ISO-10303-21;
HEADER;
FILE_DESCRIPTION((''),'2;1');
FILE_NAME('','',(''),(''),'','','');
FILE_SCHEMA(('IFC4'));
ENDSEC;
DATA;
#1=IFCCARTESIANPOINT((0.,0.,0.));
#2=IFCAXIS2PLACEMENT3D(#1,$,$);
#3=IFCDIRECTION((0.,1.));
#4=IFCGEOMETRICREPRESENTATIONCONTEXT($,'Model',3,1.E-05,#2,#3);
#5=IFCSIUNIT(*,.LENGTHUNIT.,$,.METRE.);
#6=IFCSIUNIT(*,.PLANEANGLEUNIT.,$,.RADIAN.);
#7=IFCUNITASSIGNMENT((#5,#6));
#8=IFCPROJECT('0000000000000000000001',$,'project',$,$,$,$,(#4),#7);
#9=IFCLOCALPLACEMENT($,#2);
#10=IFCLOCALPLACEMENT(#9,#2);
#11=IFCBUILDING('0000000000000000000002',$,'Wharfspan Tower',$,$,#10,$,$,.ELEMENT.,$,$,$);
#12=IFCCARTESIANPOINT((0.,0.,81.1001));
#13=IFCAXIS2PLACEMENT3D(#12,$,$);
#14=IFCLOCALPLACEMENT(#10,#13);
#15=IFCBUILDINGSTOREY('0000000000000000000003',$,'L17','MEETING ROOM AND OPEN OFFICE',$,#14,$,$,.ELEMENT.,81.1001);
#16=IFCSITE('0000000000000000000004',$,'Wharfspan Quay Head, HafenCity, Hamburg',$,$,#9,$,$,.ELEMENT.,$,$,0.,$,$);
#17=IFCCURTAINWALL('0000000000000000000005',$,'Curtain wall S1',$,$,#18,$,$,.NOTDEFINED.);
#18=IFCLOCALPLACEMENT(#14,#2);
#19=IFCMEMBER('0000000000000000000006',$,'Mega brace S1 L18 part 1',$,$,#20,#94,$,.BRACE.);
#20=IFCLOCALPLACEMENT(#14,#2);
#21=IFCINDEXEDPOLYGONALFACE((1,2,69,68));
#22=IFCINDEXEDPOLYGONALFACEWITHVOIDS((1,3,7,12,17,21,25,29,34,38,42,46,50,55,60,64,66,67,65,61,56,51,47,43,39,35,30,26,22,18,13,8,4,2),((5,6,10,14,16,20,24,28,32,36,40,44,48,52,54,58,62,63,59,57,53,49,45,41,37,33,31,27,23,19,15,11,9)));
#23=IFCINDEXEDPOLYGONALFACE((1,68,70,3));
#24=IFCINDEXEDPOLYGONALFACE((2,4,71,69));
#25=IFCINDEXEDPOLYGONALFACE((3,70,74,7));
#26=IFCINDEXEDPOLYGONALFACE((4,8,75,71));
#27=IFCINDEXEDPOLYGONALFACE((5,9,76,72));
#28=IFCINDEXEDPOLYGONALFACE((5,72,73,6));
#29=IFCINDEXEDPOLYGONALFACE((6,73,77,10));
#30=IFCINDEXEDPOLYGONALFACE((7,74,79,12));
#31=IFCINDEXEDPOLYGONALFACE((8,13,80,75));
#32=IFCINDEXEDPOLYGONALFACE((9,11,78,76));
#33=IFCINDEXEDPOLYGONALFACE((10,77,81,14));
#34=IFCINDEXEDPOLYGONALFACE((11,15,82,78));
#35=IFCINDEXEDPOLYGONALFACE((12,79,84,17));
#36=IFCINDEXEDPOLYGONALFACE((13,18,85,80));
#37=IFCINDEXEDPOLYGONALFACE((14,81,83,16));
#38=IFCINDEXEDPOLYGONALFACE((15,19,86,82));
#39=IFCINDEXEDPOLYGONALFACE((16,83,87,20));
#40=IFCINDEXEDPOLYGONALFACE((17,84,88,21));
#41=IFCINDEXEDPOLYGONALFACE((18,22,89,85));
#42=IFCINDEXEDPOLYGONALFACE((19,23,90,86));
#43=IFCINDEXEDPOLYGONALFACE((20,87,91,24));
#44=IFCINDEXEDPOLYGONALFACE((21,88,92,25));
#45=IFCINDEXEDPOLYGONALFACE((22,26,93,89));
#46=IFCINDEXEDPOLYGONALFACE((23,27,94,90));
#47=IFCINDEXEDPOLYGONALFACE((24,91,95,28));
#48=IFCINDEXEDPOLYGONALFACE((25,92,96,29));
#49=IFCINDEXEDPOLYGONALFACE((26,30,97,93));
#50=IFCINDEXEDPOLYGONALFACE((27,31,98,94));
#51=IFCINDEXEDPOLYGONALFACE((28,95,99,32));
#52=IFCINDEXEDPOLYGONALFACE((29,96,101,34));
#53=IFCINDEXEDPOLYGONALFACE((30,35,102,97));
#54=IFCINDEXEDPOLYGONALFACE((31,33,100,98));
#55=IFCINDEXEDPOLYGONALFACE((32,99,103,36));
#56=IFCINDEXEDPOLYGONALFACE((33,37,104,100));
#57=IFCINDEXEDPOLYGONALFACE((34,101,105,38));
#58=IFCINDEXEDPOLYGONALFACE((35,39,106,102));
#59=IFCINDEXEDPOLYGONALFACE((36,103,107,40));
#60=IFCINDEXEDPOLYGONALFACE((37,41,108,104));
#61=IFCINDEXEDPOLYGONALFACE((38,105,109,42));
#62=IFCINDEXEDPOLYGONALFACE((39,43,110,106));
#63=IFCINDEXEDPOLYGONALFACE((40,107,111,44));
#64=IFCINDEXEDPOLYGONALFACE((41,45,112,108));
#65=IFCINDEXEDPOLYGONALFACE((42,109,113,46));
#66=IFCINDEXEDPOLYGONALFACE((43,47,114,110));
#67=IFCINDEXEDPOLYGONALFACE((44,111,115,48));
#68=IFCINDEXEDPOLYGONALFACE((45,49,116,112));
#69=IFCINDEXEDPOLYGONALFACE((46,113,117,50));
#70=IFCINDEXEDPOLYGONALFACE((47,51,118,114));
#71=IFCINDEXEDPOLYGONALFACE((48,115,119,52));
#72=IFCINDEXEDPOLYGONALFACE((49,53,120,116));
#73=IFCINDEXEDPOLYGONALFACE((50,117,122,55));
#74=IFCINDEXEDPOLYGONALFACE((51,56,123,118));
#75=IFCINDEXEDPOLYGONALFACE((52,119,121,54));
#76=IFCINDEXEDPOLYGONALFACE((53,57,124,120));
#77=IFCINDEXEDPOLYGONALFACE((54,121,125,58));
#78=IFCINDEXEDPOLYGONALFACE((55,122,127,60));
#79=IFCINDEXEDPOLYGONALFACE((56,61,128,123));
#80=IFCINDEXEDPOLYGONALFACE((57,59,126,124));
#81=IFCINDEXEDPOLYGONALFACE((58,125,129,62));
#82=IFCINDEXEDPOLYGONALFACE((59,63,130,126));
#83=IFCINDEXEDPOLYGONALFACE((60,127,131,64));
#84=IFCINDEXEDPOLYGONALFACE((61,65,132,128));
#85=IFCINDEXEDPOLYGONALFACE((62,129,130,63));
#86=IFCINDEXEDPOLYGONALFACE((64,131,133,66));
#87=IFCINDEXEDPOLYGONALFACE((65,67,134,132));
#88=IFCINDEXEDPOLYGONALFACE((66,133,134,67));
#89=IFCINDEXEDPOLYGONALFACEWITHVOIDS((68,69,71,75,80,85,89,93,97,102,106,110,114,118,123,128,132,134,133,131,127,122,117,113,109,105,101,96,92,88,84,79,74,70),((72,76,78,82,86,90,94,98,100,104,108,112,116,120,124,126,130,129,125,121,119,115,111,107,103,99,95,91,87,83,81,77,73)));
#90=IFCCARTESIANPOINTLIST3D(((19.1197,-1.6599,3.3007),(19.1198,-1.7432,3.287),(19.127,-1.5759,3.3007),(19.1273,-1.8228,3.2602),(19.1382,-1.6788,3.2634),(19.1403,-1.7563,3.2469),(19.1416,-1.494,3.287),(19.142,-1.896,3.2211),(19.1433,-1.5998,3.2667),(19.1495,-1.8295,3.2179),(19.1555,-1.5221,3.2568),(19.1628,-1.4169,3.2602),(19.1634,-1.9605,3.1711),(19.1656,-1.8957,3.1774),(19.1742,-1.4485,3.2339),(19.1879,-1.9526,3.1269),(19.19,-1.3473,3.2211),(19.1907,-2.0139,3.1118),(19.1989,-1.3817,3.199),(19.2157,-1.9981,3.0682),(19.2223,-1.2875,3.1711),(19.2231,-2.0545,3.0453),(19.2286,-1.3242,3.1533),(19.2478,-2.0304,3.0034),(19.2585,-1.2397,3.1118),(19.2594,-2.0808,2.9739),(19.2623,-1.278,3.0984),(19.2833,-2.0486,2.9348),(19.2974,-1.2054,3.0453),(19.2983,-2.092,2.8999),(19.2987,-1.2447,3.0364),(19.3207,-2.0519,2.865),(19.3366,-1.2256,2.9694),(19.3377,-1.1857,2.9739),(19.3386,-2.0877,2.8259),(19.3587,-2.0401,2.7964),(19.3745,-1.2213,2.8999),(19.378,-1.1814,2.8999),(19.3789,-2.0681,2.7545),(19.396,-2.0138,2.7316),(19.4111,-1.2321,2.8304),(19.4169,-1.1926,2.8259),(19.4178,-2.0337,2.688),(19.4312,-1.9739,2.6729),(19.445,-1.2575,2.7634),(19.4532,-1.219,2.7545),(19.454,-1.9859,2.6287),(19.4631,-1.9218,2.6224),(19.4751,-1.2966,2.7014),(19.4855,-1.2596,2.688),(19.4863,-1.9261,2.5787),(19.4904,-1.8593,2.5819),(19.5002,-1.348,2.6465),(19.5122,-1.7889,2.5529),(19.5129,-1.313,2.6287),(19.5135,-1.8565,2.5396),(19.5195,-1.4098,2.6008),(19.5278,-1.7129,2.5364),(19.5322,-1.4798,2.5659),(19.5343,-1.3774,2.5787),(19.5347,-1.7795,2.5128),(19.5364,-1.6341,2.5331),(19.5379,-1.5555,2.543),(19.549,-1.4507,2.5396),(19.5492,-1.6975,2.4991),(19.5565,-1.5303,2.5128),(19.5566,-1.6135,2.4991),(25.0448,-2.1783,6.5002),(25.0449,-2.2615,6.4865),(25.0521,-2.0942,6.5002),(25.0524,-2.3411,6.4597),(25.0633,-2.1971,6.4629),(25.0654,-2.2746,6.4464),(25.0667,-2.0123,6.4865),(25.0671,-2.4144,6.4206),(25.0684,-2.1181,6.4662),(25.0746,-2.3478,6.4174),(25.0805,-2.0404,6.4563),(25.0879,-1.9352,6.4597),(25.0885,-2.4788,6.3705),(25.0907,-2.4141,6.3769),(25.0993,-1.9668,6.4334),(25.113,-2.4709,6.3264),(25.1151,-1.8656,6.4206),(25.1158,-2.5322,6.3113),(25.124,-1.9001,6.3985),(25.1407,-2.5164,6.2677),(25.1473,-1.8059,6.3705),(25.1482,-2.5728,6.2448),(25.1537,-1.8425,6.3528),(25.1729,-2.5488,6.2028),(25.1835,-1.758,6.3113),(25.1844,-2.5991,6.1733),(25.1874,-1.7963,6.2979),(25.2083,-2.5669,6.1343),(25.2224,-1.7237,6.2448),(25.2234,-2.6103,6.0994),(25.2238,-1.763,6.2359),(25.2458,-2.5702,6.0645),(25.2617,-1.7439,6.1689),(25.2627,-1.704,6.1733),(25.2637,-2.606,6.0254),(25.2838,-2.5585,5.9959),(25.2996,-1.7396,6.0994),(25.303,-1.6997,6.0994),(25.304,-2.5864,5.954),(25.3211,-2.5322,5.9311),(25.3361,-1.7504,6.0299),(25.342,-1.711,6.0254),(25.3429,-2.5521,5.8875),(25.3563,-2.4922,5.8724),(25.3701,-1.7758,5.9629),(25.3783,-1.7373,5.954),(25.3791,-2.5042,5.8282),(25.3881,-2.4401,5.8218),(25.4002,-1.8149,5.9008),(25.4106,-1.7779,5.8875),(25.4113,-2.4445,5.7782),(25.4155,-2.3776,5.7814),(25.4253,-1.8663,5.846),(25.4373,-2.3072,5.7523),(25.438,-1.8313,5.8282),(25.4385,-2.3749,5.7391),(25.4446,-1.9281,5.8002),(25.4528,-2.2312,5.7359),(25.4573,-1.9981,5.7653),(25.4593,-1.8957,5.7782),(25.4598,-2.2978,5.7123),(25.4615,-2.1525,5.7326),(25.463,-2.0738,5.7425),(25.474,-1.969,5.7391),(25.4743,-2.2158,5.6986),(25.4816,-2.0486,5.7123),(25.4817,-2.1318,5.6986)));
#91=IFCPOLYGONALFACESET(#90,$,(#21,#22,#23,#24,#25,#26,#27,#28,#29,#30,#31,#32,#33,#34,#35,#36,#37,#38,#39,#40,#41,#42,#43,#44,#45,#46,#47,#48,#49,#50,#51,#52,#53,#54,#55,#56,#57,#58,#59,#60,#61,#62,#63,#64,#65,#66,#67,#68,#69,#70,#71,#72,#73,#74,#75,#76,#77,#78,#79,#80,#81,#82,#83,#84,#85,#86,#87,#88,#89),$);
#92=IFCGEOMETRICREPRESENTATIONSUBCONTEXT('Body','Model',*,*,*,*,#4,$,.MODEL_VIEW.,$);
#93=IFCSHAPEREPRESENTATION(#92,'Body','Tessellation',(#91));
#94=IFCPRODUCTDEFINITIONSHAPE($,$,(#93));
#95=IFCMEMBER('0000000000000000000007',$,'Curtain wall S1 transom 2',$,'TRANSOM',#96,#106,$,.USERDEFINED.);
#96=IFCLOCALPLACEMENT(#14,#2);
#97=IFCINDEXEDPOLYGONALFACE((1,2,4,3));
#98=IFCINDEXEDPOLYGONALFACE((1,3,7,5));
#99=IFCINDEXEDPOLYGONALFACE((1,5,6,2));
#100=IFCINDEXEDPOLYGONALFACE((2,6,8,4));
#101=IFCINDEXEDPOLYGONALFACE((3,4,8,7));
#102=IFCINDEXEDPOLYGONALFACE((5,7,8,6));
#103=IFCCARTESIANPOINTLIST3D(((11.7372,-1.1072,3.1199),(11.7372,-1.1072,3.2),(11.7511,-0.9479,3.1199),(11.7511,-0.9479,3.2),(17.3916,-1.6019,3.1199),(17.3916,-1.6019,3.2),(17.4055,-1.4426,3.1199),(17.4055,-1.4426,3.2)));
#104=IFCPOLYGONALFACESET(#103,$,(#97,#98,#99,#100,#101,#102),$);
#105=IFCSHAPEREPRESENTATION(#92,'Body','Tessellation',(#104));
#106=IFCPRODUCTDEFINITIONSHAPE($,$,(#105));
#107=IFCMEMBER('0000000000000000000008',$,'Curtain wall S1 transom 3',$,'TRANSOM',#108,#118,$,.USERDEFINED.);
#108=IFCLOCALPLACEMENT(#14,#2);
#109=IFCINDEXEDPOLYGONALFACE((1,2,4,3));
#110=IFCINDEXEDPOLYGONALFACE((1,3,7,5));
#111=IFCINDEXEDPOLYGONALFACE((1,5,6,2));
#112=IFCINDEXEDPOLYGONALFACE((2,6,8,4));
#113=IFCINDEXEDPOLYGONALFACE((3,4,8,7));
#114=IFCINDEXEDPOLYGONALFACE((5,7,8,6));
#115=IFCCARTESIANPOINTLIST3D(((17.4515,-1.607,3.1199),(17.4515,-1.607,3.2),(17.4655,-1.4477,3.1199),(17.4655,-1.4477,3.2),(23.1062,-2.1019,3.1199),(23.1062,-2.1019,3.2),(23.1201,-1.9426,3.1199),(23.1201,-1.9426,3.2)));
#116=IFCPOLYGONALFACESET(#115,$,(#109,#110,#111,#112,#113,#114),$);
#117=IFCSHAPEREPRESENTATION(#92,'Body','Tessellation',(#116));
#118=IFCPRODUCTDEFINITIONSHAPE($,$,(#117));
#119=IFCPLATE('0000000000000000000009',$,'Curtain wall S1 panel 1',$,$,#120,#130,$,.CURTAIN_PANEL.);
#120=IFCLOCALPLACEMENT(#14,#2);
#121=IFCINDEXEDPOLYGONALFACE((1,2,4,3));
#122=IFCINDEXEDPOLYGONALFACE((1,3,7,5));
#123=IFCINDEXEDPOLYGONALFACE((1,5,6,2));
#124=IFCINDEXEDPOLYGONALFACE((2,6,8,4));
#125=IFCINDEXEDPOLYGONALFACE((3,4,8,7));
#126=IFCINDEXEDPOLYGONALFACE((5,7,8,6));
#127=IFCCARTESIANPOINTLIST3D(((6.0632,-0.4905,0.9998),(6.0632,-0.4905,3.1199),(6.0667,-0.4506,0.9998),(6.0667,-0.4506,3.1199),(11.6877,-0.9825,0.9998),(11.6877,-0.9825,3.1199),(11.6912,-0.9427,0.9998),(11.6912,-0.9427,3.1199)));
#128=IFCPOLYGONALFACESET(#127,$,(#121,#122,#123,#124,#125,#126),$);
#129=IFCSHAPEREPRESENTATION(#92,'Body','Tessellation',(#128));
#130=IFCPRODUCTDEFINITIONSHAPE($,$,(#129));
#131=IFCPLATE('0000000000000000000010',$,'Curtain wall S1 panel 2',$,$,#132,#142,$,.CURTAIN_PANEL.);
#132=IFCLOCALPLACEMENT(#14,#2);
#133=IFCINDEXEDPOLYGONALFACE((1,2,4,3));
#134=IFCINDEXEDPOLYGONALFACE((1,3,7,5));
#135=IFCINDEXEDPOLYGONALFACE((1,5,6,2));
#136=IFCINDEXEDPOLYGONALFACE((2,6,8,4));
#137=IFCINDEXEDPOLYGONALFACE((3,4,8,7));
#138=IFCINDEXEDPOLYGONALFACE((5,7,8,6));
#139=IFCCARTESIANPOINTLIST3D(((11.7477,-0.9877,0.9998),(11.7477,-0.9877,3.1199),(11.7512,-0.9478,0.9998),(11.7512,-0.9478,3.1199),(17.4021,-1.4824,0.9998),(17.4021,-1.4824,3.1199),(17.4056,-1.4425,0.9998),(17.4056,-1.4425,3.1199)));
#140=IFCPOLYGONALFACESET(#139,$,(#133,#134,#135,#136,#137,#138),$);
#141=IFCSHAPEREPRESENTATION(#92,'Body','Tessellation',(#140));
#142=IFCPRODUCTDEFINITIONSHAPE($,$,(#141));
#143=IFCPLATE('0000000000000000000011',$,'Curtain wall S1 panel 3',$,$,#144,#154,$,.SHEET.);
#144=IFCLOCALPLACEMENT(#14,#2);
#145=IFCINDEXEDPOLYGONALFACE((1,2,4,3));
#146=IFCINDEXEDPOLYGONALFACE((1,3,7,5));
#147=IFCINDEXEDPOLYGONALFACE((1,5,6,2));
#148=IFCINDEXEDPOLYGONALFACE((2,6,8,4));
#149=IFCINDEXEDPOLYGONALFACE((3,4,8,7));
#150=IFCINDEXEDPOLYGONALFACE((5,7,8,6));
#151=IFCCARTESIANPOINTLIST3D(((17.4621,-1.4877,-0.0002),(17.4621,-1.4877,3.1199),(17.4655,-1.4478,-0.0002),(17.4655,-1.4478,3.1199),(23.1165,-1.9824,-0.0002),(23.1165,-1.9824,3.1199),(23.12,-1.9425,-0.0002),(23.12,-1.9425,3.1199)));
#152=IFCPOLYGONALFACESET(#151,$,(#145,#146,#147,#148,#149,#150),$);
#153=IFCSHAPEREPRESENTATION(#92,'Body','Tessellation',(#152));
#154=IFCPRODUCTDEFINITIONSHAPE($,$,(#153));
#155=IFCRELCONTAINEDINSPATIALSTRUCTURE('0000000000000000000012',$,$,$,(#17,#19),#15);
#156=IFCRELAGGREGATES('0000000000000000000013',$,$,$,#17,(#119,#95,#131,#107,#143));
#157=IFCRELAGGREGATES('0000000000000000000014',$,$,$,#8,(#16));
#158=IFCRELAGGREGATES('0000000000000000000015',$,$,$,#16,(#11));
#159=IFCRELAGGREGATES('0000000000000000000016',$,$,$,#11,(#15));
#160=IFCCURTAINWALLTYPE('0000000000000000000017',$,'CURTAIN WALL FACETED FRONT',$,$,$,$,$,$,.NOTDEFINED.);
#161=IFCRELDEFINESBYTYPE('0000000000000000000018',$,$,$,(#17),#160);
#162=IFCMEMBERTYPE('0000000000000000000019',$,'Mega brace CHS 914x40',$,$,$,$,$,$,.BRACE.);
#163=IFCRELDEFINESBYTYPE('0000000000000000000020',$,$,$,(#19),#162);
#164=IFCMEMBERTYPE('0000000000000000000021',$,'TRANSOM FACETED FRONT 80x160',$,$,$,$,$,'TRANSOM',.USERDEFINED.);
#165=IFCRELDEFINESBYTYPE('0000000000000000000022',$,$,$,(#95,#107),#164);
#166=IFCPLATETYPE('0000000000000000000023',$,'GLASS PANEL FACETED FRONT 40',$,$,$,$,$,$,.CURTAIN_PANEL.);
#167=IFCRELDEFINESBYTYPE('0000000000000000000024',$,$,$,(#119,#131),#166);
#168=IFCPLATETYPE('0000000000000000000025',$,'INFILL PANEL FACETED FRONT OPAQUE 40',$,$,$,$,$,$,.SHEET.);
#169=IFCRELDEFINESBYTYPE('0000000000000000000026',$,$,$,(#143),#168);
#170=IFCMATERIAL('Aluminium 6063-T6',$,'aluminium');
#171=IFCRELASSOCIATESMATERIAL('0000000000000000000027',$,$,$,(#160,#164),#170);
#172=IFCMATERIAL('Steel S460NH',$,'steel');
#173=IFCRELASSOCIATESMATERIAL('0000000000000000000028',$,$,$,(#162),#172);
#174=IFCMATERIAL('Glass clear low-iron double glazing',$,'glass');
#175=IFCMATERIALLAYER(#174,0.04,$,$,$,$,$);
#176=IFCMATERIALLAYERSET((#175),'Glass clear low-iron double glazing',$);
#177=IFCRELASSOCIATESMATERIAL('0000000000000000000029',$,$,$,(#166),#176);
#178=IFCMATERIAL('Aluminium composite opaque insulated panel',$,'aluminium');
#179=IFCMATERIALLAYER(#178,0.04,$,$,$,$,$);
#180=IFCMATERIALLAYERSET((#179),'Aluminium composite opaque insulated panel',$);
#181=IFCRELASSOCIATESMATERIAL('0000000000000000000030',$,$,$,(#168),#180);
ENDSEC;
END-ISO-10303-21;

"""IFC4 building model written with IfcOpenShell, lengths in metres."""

from ifc_helpers import new_model, si_unit, direction, frame, origin, origin_2d, place, context, subcontext, project, spatial, rectangle, hollow_circle, extrude, material, layer, layer_set, material_profile, profile_set, type_object, element, aggregate, save


model = new_model("IFC4")

# Units and contexts
model_context = context("Model", 3, precision=1e-05, world=origin(), true_north=direction((0.0, 1.0)))
body_context = subcontext(model_context, "Body", "Model", "MODEL_VIEW")
ifc_project = project(units=[si_unit("LENGTHUNIT", "METRE"), si_unit("PLANEANGLEUNIT", "RADIAN")], contexts=[model_context])

# Site, building, storey
site_placement = place(None, origin())
site = spatial("IfcSite", under=ifc_project, at=site_placement, Name="Wharfspan Quay Head, HafenCity, Hamburg", CompositionType="ELEMENT", RefElevation=0.0)
building_placement = place(site_placement, origin())
building = spatial("IfcBuilding", under=site, at=building_placement, Name="Wharfspan Tower", CompositionType="ELEMENT")
storey_placement = place(building_placement, frame((0.0, 0.0, 81.1001)))
storey = spatial("IfcBuildingStorey", under=building, at=storey_placement, Name="L17", Description="MEETING ROOM AND OPEN OFFICE", CompositionType="ELEMENT", Elevation=81.1001)

# Curtain wall
ifc_material_1 = material(Name="Aluminium 6063-T6", Category="aluminium")
curtain_wall_type = type_object("IfcCurtainWallType", Name="CURTAIN WALL FACETED FRONT", PredefinedType="NOTDEFINED", material=ifc_material_1)
curtain_wall_placement = place(storey_placement, origin())
curtain_wall = element("IfcCurtainWall", 1, at=curtain_wall_placement, inside=storey, type_object=curtain_wall_type, Name="Curtain wall S1", PredefinedType="NOTDEFINED")

# Members
ifc_material_2 = material(Name="Steel S460NH", Category="steel")
ifc_material_profile_1 = material_profile(ifc_material_2, hollow_circle(Radius=0.457, WallThickness=0.04, at=origin_2d()))
ifc_profile_set_1 = profile_set([ifc_material_profile_1], Name="Steel S460NH")
member_type_1 = type_object("IfcMemberType", Name="Mega brace CHS 914x40", PredefinedType="BRACE", material=ifc_profile_set_1)
member_1_placement = place(storey_placement, frame((19.3381, -1.6367, 2.8999), z_axis=(0.877314, -0.076746, 0.47374), x_axis=(0.087144, 0.996196, 0.000003)))
element("IfcMember", 2, at=member_1_placement, inside=storey, type_object=member_type_1, Name="Mega brace S1 L18 part 1", PredefinedType="BRACE", context=body_context, shape_type="SweptSolid", body=[
    extrude(hollow_circle(Radius=0.457, WallThickness=0.04, at=origin_2d()), origin(), (0.0, 0.0, 1.0), 6.7537),
])
ifc_material_profile_2 = material_profile(ifc_material_1, rectangle(XDim=0.1599, YDim=0.0801, at=origin_2d()))
ifc_profile_set_2 = profile_set([ifc_material_profile_2], Name="Aluminium 6063-T6")
member_type_2 = type_object("IfcMemberType", Name="TRANSOM FACETED FRONT 80x160", ElementType="TRANSOM", PredefinedType="USERDEFINED", material=ifc_profile_set_2)
member_2_placement = place(storey_placement, frame((11.7441, -1.0276, 3.1599), z_axis=(0.996196, -0.087142, 0.0), x_axis=(0.087142, 0.996196, 0.0)))
member_2 = element("IfcMember", 3, at=member_2_placement, type_object=member_type_2, Name="Curtain wall S1 transom 2", ObjectType="TRANSOM", PredefinedType="USERDEFINED", context=body_context, shape_type="SweptSolid", body=[
    extrude(rectangle(XDim=0.1599, YDim=0.0801, at=origin_2d()), origin(), (0.0, 0.0, 1.0), 5.676),
])
member_3_placement = place(storey_placement, frame((17.4585, -1.5273, 3.1599), z_axis=(0.996192, -0.087185, 0.0), x_axis=(0.087185, 0.996192, 0.0)))
member_3 = element("IfcMember", 4, at=member_3_placement, type_object=member_type_2, Name="Curtain wall S1 transom 3", ObjectType="TRANSOM", PredefinedType="USERDEFINED", context=body_context, shape_type="SweptSolid", body=[
    extrude(rectangle(XDim=0.1599, YDim=0.0801, at=origin_2d()), origin(), (0.0, 0.0, 1.0), 5.6763),
])

# Plates
ifc_material_3 = material(Name="Glass clear low-iron double glazing", Category="glass")
ifc_layer_1 = layer(ifc_material_3, 0.04)
ifc_layer_set_1 = layer_set([ifc_layer_1], Name="Glass clear low-iron double glazing")
plate_type_1 = type_object("IfcPlateType", Name="GLASS PANEL FACETED FRONT 40", PredefinedType="CURTAIN_PANEL", material=ifc_layer_set_1)
plate_1_placement = place(storey_placement, frame((8.8772, -0.7166, 0.9998), z_axis=(0.0, 0.0, 1.0), x_axis=(0.996197, -0.087156, 0.0)))
plate_1 = element("IfcPlate", 5, at=plate_1_placement, type_object=plate_type_1, Name="Curtain wall S1 panel 1", PredefinedType="CURTAIN_PANEL", context=body_context, shape_type="SweptSolid", body=[
    extrude(rectangle(XDim=5.646, YDim=0.04, at=origin_2d()), origin(), (0.0, 0.0, 1.0), 2.1201),
])
plate_2_placement = place(storey_placement, frame((14.5767, -1.2151, 0.9998), z_axis=(0.0, 0.0, 1.0), x_axis=(0.996197, -0.087156, 0.0)))
plate_2 = element("IfcPlate", 6, at=plate_2_placement, type_object=plate_type_1, Name="Curtain wall S1 panel 2", PredefinedType="CURTAIN_PANEL", context=body_context, shape_type="SweptSolid", body=[
    extrude(rectangle(XDim=5.676, YDim=0.04, at=origin_2d()), origin(), (0.0, 0.0, 1.0), 2.1201),
])
ifc_material_4 = material(Name="Aluminium composite opaque insulated panel", Category="aluminium")
ifc_layer_2 = layer(ifc_material_4, 0.04)
ifc_layer_set_2 = layer_set([ifc_layer_2], Name="Aluminium composite opaque insulated panel")
plate_type_2 = type_object("IfcPlateType", Name="INFILL PANEL FACETED FRONT OPAQUE 40", PredefinedType="SHEET", material=ifc_layer_set_2)
plate_3_placement = place(storey_placement, frame((20.291, -1.7151, -0.0002), z_axis=(0.0, 0.0, 1.0), x_axis=(0.996197, -0.087156, 0.0)))
plate_3 = element("IfcPlate", 7, at=plate_3_placement, type_object=plate_type_2, Name="Curtain wall S1 panel 3", PredefinedType="SHEET", context=body_context, shape_type="SweptSolid", body=[
    extrude(rectangle(XDim=5.676, YDim=0.04, at=origin_2d()), origin(), (0.0, 0.0, 1.0), 3.1201),
])
aggregate(curtain_wall, [plate_1, member_2, plate_2, member_3, plate_3])

save(model, "model.ifc")
